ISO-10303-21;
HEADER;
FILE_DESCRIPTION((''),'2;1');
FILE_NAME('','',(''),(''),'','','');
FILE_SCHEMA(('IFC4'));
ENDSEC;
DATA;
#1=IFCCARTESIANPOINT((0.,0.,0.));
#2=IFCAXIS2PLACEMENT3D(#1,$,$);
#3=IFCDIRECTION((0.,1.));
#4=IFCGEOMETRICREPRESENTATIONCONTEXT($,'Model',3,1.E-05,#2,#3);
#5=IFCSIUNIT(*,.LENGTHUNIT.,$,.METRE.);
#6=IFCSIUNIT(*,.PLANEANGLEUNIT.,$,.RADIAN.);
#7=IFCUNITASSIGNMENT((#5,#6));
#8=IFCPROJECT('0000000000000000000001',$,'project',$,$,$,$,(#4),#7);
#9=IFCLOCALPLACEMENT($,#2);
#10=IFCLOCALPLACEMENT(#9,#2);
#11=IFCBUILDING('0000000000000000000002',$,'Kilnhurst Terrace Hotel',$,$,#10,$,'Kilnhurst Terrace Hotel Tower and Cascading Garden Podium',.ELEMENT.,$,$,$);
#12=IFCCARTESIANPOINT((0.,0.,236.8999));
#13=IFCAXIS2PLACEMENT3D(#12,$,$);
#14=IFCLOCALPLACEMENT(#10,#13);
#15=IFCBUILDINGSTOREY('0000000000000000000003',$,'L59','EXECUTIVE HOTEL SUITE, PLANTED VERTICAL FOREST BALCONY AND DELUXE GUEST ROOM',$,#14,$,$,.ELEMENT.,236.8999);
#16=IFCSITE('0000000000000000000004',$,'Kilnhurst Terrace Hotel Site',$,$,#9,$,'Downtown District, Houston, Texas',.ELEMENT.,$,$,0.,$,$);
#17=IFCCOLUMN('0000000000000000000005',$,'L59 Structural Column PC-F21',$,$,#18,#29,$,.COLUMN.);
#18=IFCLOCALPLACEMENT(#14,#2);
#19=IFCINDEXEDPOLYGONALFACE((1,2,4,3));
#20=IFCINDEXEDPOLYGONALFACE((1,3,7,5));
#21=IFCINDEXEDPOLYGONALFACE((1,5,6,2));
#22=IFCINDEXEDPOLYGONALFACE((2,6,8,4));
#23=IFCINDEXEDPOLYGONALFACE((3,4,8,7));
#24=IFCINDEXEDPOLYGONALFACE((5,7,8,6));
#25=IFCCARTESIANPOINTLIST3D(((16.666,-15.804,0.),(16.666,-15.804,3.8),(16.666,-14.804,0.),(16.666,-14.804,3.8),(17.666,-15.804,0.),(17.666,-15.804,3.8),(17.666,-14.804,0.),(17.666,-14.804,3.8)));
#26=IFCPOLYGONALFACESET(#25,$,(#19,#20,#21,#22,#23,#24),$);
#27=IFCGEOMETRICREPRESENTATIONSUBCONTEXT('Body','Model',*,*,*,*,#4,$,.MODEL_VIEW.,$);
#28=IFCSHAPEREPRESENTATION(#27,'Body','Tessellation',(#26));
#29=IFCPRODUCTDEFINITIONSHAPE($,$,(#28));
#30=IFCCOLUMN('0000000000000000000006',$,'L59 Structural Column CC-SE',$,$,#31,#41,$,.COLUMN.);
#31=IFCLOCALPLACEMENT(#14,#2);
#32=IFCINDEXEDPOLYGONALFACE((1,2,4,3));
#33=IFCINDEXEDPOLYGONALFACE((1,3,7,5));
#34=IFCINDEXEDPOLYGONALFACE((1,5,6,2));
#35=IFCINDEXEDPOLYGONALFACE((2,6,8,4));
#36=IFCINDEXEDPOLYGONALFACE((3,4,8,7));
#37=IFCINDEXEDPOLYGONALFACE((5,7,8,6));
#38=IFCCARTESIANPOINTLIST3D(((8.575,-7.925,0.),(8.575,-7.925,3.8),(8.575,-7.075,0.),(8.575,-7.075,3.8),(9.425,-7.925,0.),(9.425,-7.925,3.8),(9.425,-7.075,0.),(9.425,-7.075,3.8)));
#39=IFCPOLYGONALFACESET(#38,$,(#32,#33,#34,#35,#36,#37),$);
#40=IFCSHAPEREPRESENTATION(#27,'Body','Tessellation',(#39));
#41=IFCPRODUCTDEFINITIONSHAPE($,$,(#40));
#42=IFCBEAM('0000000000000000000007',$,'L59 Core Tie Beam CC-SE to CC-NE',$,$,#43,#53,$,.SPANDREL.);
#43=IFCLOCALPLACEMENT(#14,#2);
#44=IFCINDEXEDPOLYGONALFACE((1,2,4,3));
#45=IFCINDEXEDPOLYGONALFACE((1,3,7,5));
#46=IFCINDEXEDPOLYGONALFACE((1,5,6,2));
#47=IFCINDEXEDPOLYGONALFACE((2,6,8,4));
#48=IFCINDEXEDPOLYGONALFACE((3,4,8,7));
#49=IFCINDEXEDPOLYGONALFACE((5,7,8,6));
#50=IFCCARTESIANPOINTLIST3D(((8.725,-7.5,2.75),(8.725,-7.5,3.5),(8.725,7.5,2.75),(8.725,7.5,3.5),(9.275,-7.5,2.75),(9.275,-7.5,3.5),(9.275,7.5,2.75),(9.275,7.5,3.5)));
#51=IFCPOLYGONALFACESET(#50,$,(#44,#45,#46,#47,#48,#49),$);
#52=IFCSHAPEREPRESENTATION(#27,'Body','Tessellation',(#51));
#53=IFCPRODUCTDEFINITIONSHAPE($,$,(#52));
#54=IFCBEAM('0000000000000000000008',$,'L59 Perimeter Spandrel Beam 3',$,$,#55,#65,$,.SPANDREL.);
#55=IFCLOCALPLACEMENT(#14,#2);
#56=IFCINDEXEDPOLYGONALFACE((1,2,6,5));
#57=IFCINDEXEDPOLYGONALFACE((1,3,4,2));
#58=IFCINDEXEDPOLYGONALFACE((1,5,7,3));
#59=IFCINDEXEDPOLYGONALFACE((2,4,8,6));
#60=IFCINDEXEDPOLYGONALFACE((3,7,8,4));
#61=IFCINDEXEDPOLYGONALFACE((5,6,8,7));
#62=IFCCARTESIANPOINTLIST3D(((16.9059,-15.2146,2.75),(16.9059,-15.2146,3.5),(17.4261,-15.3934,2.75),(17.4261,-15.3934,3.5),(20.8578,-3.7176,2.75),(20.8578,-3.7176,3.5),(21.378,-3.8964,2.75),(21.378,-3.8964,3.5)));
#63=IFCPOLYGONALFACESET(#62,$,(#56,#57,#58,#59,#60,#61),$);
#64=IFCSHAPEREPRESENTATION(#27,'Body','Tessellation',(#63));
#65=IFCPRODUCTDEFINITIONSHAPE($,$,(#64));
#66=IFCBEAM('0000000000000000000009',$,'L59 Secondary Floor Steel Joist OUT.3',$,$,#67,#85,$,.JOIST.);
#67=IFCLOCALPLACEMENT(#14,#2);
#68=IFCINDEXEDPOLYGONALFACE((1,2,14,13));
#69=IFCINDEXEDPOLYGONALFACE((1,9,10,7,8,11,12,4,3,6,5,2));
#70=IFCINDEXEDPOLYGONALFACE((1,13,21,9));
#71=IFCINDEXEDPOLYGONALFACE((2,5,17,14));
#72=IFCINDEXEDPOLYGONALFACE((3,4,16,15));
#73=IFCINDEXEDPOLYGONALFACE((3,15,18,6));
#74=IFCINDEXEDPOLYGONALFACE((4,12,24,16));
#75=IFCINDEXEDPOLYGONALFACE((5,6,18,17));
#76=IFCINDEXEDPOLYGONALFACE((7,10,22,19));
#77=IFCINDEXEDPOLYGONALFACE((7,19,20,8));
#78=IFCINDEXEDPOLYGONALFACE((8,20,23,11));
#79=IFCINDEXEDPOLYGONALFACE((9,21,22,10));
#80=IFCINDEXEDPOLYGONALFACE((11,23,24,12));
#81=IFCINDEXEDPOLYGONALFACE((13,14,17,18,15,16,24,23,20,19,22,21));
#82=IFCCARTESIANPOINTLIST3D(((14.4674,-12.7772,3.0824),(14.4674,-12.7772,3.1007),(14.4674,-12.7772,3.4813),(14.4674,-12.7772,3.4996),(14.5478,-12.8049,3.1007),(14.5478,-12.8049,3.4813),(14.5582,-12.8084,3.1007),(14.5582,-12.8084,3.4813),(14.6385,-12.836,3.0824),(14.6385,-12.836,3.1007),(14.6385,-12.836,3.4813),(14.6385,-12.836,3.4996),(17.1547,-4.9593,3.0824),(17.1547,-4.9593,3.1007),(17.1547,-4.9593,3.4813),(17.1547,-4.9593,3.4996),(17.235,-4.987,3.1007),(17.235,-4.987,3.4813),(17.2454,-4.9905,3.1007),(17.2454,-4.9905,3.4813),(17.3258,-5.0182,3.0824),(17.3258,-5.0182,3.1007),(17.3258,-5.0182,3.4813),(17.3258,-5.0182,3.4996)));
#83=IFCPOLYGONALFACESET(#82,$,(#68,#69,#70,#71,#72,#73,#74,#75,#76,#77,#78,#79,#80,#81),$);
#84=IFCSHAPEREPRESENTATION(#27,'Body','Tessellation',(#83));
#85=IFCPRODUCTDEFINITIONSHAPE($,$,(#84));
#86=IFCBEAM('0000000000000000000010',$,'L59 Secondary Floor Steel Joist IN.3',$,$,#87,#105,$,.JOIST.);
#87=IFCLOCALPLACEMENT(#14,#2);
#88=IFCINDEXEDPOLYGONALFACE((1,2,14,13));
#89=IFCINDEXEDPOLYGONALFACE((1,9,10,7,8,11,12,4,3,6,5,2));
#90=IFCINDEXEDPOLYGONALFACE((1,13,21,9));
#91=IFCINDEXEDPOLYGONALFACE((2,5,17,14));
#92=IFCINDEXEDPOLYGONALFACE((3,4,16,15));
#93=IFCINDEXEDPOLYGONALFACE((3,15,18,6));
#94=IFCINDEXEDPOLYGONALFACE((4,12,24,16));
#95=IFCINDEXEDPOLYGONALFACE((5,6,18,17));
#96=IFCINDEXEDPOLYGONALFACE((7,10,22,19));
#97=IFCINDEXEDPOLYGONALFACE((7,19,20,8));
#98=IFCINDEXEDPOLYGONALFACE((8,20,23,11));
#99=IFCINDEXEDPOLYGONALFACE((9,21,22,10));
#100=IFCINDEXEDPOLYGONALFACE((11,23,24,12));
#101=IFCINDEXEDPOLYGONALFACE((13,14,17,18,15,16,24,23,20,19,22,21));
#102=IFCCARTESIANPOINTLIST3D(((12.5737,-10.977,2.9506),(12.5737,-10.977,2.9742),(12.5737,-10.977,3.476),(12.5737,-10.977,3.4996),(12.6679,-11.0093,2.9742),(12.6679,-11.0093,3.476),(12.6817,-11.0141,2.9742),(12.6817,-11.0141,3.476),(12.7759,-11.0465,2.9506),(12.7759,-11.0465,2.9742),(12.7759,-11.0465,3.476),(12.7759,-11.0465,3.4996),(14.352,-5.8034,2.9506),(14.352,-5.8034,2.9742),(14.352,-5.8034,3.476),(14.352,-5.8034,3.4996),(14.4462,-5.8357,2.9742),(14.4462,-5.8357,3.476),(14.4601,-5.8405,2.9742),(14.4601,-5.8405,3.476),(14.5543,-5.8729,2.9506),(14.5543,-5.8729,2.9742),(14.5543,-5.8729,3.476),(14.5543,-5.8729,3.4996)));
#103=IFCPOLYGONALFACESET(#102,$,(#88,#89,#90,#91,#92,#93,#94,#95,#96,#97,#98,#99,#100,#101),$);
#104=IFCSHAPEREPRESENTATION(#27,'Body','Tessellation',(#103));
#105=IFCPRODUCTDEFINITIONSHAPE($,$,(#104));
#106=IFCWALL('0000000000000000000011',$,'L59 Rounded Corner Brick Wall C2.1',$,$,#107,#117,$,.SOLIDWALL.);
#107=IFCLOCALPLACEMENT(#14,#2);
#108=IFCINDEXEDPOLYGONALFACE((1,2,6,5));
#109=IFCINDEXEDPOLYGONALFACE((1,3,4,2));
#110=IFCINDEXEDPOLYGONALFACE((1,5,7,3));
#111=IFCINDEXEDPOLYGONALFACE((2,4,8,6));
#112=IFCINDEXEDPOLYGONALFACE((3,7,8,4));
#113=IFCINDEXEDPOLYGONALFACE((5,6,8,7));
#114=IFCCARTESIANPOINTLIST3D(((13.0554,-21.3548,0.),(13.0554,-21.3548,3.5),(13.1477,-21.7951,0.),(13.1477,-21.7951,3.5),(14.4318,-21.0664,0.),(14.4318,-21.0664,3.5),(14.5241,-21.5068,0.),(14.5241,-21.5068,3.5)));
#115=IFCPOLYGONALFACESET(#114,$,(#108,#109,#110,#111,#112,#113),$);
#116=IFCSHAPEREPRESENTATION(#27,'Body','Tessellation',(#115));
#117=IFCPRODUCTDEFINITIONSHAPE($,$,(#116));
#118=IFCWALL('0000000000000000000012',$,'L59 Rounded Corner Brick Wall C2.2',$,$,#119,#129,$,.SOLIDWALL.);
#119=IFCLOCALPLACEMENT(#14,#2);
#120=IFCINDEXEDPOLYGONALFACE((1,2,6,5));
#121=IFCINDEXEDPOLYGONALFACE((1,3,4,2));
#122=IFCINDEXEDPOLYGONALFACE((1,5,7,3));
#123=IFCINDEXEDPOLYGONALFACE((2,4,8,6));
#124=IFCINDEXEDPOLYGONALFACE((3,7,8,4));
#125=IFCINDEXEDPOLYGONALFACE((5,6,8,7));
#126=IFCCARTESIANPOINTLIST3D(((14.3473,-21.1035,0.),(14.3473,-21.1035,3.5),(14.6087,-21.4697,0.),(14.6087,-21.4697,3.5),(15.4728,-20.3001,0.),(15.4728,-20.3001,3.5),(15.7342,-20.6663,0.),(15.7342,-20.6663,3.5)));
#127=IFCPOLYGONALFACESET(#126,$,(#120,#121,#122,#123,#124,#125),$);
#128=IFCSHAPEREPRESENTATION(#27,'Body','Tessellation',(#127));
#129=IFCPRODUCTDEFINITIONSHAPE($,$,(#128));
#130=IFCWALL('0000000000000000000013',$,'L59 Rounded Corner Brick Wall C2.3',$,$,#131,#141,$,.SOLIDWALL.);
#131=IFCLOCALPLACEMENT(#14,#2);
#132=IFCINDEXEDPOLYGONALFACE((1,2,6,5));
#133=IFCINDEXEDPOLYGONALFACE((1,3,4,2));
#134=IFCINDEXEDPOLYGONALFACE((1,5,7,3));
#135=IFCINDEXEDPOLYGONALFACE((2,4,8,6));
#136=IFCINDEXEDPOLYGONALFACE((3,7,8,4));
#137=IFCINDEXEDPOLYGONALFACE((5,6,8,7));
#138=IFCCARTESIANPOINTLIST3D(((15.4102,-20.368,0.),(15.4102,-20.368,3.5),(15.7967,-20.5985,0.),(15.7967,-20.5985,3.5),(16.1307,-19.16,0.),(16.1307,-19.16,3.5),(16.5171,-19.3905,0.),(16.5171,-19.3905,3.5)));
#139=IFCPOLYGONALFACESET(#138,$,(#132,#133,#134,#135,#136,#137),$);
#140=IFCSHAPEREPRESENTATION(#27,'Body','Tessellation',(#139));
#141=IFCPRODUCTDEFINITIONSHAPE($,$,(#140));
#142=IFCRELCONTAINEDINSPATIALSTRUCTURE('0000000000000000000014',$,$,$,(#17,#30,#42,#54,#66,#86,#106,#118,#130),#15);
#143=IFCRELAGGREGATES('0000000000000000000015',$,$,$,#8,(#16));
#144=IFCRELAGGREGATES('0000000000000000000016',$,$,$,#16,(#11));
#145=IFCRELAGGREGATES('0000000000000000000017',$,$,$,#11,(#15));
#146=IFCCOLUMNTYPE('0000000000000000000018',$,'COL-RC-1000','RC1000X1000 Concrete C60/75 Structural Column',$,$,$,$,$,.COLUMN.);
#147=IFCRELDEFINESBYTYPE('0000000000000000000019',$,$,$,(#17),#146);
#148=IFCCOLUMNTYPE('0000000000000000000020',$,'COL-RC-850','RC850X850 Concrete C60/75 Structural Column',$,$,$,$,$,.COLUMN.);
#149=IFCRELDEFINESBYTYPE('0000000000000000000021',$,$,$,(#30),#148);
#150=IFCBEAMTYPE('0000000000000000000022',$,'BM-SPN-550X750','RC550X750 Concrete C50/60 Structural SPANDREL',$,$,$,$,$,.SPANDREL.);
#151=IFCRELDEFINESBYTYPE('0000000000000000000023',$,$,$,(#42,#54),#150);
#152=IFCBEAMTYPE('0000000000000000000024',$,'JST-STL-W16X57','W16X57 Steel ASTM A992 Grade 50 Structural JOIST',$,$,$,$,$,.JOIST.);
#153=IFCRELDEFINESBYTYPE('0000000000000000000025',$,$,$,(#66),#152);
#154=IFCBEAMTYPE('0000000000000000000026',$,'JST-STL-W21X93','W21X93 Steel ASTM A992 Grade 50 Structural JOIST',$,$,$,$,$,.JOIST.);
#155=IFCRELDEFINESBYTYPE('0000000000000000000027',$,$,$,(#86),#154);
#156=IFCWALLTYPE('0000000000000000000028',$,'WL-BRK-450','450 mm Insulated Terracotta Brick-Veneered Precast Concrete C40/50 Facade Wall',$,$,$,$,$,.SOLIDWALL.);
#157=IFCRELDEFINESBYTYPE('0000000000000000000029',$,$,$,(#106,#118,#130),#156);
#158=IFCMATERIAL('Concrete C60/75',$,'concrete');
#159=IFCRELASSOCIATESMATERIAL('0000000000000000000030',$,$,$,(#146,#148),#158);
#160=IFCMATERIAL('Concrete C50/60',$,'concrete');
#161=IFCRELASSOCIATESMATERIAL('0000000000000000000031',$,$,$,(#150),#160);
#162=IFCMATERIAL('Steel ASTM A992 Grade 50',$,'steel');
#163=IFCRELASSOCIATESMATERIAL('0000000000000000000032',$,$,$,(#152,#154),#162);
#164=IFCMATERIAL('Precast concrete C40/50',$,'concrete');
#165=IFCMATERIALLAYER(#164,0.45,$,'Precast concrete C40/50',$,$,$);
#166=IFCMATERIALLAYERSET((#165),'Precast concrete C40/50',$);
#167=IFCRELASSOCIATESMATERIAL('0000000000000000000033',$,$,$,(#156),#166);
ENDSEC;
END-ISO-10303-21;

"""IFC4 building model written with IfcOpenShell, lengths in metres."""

from ifc_helpers import new_model, si_unit, direction, frame, frame_2d, origin, origin_2d, place, context, subcontext, project, spatial, rectangle, i_section, extrude, material, layer, layer_set, material_profile, profile_set, type_object, element, save


model = new_model("IFC4")

# Units and contexts
model_context = context("Model", 3, precision=1e-05, world=origin(), true_north=direction((0.0, 1.0)))
body_context = subcontext(model_context, "Body", "Model", "MODEL_VIEW")
ifc_project = project(units=[si_unit("LENGTHUNIT", "METRE"), si_unit("PLANEANGLEUNIT", "RADIAN")], contexts=[model_context])

# Site, building, storey
site_placement = place(None, origin())
site = spatial("IfcSite", under=ifc_project, at=site_placement, Name="Kilnhurst Terrace Hotel Site", LongName="Downtown District, Houston, Texas", CompositionType="ELEMENT", RefElevation=0.0)
building_placement = place(site_placement, origin())
building = spatial("IfcBuilding", under=site, at=building_placement, Name="Kilnhurst Terrace Hotel", LongName="Kilnhurst Terrace Hotel Tower and Cascading Garden Podium", CompositionType="ELEMENT")
storey_placement = place(building_placement, frame((0.0, 0.0, 236.8999)))
storey = spatial("IfcBuildingStorey", under=building, at=storey_placement, Name="L59", Description="EXECUTIVE HOTEL SUITE, PLANTED VERTICAL FOREST BALCONY AND DELUXE GUEST ROOM", CompositionType="ELEMENT", Elevation=236.8999)

# Columns
ifc_material_1 = material(Name="Concrete C60/75", Category="concrete")
ifc_material_profile_1 = material_profile(ifc_material_1, rectangle(XDim=1.0, YDim=1.0, at=origin_2d()), Name="RC1000X1000")
ifc_profile_set_1 = profile_set([ifc_material_profile_1], Name="Concrete C60/75")
column_type_1 = type_object("IfcColumnType", Name="COL-RC-1000", Description="RC1000X1000 Concrete C60/75 Structural Column", PredefinedType="COLUMN", material=ifc_profile_set_1)
column_1_placement = place(storey_placement, frame((17.166, -15.304, 0.0), z_axis=(0.0, 0.0, 1.0), x_axis=(1.0, 0.0, 0.0)))
element("IfcColumn", 1, at=column_1_placement, inside=storey, type_object=column_type_1, Name="L59 Structural Column PC-F21", PredefinedType="COLUMN", context=body_context, shape_type="SweptSolid", body=[
    extrude(rectangle(XDim=1.0, YDim=1.0, at=origin_2d()), origin(), (0.0, 0.0, 1.0), 3.8),
])
ifc_material_profile_2 = material_profile(ifc_material_1, rectangle(XDim=0.8501, YDim=0.8501, at=origin_2d()), Name="RC850X850")
ifc_profile_set_2 = profile_set([ifc_material_profile_2], Name="Concrete C60/75")
column_type_2 = type_object("IfcColumnType", Name="COL-RC-850", Description="RC850X850 Concrete C60/75 Structural Column", PredefinedType="COLUMN", material=ifc_profile_set_2)
column_2_placement = place(storey_placement, frame((9.0, -7.5, 0.0), z_axis=(0.0, 0.0, 1.0), x_axis=(1.0, 0.0, 0.0)))
element("IfcColumn", 2, at=column_2_placement, inside=storey, type_object=column_type_2, Name="L59 Structural Column CC-SE", PredefinedType="COLUMN", context=body_context, shape_type="SweptSolid", body=[
    extrude(rectangle(XDim=0.8501, YDim=0.8501, at=origin_2d()), origin(), (0.0, 0.0, 1.0), 3.8),
])

# Beams
ifc_material_2 = material(Name="Concrete C50/60", Category="concrete")
ifc_material_profile_3 = material_profile(ifc_material_2, rectangle(XDim=0.55, YDim=0.75, at=origin_2d()), Name="RC550X750")
ifc_profile_set_3 = profile_set([ifc_material_profile_3], Name="Concrete C50/60")
beam_type_1 = type_object("IfcBeamType", Name="BM-SPN-550X750", Description="RC550X750 Concrete C50/60 Structural SPANDREL", PredefinedType="SPANDREL", material=ifc_profile_set_3)
beam_1_placement = place(storey_placement, frame((9.0, -7.5, 3.125), z_axis=(0.0, 1.0, 0.0), x_axis=(-1.0, 0.0, 0.0)))
element("IfcBeam", 3, at=beam_1_placement, inside=storey, type_object=beam_type_1, Name="L59 Core Tie Beam CC-SE to CC-NE", PredefinedType="SPANDREL", context=body_context, shape_type="SweptSolid", body=[
    extrude(rectangle(XDim=0.55, YDim=0.75, at=origin_2d()), origin(), (0.0, 0.0, 1.0), 15.0),
])
beam_2_placement = place(storey_placement, frame((17.166, -15.304, 3.125), z_axis=(0.325064, 0.945692, 0.0), x_axis=(-0.945692, 0.325064, 0.0)))
element("IfcBeam", 4, at=beam_2_placement, inside=storey, type_object=beam_type_1, Name="L59 Perimeter Spandrel Beam 3", PredefinedType="SPANDREL", context=body_context, shape_type="SweptSolid", body=[
    extrude(rectangle(XDim=0.55, YDim=0.75, at=origin_2d()), origin(), (0.0, 0.0, 1.0), 12.1572),
])
ifc_material_3 = material(Name="Steel ASTM A992 Grade 50", Category="steel")
ifc_material_profile_4 = material_profile(ifc_material_3, i_section(OverallWidth=0.1809, OverallDepth=0.4172, WebThickness=0.011, FlangeThickness=0.0183, at=origin_2d()), Name="W16X57")
ifc_profile_set_4 = profile_set([ifc_material_profile_4], Name="Steel ASTM A992 Grade 50")
beam_type_2 = type_object("IfcBeamType", Name="JST-STL-W16X57", Description="W16X57 Steel ASTM A992 Grade 50 Structural JOIST", PredefinedType="JOIST", material=ifc_profile_set_4)
beam_3_placement = place(storey_placement, frame((14.553, -12.8066, 3.291), z_axis=(0.325065, 0.945692, 0.0), x_axis=(-0.945692, 0.325065, 0.0)))
element("IfcBeam", 5, at=beam_3_placement, inside=storey, type_object=beam_type_2, Name="L59 Secondary Floor Steel Joist OUT.3", PredefinedType="JOIST", context=body_context, shape_type="SweptSolid", body=[
    extrude(i_section(OverallWidth=0.1809, OverallDepth=0.4172, WebThickness=0.011, FlangeThickness=0.0183, at=origin_2d()), origin(), (0.0, 0.0, 1.0), 8.2668),
])
ifc_material_profile_5 = material_profile(ifc_material_3, i_section(OverallWidth=0.2139, OverallDepth=0.5491, WebThickness=0.0146, FlangeThickness=0.0237, at=origin_2d()), Name="W21X93")
ifc_profile_set_5 = profile_set([ifc_material_profile_5], Name="Steel ASTM A992 Grade 50")
beam_type_3 = type_object("IfcBeamType", Name="JST-STL-W21X93", Description="W21X93 Steel ASTM A992 Grade 50 Structural JOIST", PredefinedType="JOIST", material=ifc_profile_set_5)
beam_4_placement = place(storey_placement, frame((12.6748, -11.0117, 3.2251), z_axis=(0.325064, 0.945692, 0.0), x_axis=(-0.945692, 0.325064, 0.0)))
element("IfcBeam", 6, at=beam_4_placement, inside=storey, type_object=beam_type_3, Name="L59 Secondary Floor Steel Joist IN.3", PredefinedType="JOIST", context=body_context, shape_type="SweptSolid", body=[
    extrude(i_section(OverallWidth=0.2139, OverallDepth=0.5491, WebThickness=0.0146, FlangeThickness=0.0237, at=origin_2d()), origin(), (0.0, 0.0, 1.0), 5.4707),
])

# Walls
ifc_material_4 = material(Name="Precast concrete C40/50", Category="concrete")
ifc_layer_1 = layer(ifc_material_4, 0.45, Name="Precast concrete C40/50")
ifc_layer_set_1 = layer_set([ifc_layer_1], Name="Precast concrete C40/50")
wall_type_1 = type_object("IfcWallType", Name="WL-BRK-450", Description="450 mm Insulated Terracotta Brick-Veneered Precast Concrete C40/50 Facade Wall", PredefinedType="SOLIDWALL", material=ifc_layer_set_1)
wall_1_placement = place(storey_placement, frame((13.1016, -21.575, 0.0), z_axis=(0.0, 0.0, 1.0), x_axis=(0.978757, 0.205022, 0.0)))
element("IfcWall", 7, at=wall_1_placement, inside=storey, type_object=wall_type_1, Name="L59 Rounded Corner Brick Wall C2.1", PredefinedType="SOLIDWALL", context=body_context, shape_type="SweptSolid", body=[
    extrude(rectangle(XDim=1.4062, YDim=0.45, at=frame_2d((0.7031, 0.0))), origin(), (0.0, 0.0, 1.0), 3.5),
])
wall_2_placement = place(storey_placement, frame((14.478, -21.2866, 0.0), z_axis=(0.0, 0.0, 1.0), x_axis=(0.813889, 0.581021, 0.0)))
element("IfcWall", 8, at=wall_2_placement, inside=storey, type_object=wall_type_1, Name="L59 Rounded Corner Brick Wall C2.2", PredefinedType="SOLIDWALL", context=body_context, shape_type="SweptSolid", body=[
    extrude(rectangle(XDim=1.3828, YDim=0.45, at=frame_2d((0.6914, 0.0))), origin(), (0.0, 0.0, 1.0), 3.5),
])
wall_3_placement = place(storey_placement, frame((15.6035, -20.4832, 0.0), z_axis=(0.0, 0.0, 1.0), x_axis=(0.512222, 0.858853, 0.0)))
element("IfcWall", 9, at=wall_3_placement, inside=storey, type_object=wall_type_1, Name="L59 Rounded Corner Brick Wall C2.3", PredefinedType="SOLIDWALL", context=body_context, shape_type="SweptSolid", body=[
    extrude(rectangle(XDim=1.4065, YDim=0.45, at=frame_2d((0.7031, 0.0))), origin(), (0.0, 0.0, 1.0), 3.5),
])

save(model, "model.ifc")
